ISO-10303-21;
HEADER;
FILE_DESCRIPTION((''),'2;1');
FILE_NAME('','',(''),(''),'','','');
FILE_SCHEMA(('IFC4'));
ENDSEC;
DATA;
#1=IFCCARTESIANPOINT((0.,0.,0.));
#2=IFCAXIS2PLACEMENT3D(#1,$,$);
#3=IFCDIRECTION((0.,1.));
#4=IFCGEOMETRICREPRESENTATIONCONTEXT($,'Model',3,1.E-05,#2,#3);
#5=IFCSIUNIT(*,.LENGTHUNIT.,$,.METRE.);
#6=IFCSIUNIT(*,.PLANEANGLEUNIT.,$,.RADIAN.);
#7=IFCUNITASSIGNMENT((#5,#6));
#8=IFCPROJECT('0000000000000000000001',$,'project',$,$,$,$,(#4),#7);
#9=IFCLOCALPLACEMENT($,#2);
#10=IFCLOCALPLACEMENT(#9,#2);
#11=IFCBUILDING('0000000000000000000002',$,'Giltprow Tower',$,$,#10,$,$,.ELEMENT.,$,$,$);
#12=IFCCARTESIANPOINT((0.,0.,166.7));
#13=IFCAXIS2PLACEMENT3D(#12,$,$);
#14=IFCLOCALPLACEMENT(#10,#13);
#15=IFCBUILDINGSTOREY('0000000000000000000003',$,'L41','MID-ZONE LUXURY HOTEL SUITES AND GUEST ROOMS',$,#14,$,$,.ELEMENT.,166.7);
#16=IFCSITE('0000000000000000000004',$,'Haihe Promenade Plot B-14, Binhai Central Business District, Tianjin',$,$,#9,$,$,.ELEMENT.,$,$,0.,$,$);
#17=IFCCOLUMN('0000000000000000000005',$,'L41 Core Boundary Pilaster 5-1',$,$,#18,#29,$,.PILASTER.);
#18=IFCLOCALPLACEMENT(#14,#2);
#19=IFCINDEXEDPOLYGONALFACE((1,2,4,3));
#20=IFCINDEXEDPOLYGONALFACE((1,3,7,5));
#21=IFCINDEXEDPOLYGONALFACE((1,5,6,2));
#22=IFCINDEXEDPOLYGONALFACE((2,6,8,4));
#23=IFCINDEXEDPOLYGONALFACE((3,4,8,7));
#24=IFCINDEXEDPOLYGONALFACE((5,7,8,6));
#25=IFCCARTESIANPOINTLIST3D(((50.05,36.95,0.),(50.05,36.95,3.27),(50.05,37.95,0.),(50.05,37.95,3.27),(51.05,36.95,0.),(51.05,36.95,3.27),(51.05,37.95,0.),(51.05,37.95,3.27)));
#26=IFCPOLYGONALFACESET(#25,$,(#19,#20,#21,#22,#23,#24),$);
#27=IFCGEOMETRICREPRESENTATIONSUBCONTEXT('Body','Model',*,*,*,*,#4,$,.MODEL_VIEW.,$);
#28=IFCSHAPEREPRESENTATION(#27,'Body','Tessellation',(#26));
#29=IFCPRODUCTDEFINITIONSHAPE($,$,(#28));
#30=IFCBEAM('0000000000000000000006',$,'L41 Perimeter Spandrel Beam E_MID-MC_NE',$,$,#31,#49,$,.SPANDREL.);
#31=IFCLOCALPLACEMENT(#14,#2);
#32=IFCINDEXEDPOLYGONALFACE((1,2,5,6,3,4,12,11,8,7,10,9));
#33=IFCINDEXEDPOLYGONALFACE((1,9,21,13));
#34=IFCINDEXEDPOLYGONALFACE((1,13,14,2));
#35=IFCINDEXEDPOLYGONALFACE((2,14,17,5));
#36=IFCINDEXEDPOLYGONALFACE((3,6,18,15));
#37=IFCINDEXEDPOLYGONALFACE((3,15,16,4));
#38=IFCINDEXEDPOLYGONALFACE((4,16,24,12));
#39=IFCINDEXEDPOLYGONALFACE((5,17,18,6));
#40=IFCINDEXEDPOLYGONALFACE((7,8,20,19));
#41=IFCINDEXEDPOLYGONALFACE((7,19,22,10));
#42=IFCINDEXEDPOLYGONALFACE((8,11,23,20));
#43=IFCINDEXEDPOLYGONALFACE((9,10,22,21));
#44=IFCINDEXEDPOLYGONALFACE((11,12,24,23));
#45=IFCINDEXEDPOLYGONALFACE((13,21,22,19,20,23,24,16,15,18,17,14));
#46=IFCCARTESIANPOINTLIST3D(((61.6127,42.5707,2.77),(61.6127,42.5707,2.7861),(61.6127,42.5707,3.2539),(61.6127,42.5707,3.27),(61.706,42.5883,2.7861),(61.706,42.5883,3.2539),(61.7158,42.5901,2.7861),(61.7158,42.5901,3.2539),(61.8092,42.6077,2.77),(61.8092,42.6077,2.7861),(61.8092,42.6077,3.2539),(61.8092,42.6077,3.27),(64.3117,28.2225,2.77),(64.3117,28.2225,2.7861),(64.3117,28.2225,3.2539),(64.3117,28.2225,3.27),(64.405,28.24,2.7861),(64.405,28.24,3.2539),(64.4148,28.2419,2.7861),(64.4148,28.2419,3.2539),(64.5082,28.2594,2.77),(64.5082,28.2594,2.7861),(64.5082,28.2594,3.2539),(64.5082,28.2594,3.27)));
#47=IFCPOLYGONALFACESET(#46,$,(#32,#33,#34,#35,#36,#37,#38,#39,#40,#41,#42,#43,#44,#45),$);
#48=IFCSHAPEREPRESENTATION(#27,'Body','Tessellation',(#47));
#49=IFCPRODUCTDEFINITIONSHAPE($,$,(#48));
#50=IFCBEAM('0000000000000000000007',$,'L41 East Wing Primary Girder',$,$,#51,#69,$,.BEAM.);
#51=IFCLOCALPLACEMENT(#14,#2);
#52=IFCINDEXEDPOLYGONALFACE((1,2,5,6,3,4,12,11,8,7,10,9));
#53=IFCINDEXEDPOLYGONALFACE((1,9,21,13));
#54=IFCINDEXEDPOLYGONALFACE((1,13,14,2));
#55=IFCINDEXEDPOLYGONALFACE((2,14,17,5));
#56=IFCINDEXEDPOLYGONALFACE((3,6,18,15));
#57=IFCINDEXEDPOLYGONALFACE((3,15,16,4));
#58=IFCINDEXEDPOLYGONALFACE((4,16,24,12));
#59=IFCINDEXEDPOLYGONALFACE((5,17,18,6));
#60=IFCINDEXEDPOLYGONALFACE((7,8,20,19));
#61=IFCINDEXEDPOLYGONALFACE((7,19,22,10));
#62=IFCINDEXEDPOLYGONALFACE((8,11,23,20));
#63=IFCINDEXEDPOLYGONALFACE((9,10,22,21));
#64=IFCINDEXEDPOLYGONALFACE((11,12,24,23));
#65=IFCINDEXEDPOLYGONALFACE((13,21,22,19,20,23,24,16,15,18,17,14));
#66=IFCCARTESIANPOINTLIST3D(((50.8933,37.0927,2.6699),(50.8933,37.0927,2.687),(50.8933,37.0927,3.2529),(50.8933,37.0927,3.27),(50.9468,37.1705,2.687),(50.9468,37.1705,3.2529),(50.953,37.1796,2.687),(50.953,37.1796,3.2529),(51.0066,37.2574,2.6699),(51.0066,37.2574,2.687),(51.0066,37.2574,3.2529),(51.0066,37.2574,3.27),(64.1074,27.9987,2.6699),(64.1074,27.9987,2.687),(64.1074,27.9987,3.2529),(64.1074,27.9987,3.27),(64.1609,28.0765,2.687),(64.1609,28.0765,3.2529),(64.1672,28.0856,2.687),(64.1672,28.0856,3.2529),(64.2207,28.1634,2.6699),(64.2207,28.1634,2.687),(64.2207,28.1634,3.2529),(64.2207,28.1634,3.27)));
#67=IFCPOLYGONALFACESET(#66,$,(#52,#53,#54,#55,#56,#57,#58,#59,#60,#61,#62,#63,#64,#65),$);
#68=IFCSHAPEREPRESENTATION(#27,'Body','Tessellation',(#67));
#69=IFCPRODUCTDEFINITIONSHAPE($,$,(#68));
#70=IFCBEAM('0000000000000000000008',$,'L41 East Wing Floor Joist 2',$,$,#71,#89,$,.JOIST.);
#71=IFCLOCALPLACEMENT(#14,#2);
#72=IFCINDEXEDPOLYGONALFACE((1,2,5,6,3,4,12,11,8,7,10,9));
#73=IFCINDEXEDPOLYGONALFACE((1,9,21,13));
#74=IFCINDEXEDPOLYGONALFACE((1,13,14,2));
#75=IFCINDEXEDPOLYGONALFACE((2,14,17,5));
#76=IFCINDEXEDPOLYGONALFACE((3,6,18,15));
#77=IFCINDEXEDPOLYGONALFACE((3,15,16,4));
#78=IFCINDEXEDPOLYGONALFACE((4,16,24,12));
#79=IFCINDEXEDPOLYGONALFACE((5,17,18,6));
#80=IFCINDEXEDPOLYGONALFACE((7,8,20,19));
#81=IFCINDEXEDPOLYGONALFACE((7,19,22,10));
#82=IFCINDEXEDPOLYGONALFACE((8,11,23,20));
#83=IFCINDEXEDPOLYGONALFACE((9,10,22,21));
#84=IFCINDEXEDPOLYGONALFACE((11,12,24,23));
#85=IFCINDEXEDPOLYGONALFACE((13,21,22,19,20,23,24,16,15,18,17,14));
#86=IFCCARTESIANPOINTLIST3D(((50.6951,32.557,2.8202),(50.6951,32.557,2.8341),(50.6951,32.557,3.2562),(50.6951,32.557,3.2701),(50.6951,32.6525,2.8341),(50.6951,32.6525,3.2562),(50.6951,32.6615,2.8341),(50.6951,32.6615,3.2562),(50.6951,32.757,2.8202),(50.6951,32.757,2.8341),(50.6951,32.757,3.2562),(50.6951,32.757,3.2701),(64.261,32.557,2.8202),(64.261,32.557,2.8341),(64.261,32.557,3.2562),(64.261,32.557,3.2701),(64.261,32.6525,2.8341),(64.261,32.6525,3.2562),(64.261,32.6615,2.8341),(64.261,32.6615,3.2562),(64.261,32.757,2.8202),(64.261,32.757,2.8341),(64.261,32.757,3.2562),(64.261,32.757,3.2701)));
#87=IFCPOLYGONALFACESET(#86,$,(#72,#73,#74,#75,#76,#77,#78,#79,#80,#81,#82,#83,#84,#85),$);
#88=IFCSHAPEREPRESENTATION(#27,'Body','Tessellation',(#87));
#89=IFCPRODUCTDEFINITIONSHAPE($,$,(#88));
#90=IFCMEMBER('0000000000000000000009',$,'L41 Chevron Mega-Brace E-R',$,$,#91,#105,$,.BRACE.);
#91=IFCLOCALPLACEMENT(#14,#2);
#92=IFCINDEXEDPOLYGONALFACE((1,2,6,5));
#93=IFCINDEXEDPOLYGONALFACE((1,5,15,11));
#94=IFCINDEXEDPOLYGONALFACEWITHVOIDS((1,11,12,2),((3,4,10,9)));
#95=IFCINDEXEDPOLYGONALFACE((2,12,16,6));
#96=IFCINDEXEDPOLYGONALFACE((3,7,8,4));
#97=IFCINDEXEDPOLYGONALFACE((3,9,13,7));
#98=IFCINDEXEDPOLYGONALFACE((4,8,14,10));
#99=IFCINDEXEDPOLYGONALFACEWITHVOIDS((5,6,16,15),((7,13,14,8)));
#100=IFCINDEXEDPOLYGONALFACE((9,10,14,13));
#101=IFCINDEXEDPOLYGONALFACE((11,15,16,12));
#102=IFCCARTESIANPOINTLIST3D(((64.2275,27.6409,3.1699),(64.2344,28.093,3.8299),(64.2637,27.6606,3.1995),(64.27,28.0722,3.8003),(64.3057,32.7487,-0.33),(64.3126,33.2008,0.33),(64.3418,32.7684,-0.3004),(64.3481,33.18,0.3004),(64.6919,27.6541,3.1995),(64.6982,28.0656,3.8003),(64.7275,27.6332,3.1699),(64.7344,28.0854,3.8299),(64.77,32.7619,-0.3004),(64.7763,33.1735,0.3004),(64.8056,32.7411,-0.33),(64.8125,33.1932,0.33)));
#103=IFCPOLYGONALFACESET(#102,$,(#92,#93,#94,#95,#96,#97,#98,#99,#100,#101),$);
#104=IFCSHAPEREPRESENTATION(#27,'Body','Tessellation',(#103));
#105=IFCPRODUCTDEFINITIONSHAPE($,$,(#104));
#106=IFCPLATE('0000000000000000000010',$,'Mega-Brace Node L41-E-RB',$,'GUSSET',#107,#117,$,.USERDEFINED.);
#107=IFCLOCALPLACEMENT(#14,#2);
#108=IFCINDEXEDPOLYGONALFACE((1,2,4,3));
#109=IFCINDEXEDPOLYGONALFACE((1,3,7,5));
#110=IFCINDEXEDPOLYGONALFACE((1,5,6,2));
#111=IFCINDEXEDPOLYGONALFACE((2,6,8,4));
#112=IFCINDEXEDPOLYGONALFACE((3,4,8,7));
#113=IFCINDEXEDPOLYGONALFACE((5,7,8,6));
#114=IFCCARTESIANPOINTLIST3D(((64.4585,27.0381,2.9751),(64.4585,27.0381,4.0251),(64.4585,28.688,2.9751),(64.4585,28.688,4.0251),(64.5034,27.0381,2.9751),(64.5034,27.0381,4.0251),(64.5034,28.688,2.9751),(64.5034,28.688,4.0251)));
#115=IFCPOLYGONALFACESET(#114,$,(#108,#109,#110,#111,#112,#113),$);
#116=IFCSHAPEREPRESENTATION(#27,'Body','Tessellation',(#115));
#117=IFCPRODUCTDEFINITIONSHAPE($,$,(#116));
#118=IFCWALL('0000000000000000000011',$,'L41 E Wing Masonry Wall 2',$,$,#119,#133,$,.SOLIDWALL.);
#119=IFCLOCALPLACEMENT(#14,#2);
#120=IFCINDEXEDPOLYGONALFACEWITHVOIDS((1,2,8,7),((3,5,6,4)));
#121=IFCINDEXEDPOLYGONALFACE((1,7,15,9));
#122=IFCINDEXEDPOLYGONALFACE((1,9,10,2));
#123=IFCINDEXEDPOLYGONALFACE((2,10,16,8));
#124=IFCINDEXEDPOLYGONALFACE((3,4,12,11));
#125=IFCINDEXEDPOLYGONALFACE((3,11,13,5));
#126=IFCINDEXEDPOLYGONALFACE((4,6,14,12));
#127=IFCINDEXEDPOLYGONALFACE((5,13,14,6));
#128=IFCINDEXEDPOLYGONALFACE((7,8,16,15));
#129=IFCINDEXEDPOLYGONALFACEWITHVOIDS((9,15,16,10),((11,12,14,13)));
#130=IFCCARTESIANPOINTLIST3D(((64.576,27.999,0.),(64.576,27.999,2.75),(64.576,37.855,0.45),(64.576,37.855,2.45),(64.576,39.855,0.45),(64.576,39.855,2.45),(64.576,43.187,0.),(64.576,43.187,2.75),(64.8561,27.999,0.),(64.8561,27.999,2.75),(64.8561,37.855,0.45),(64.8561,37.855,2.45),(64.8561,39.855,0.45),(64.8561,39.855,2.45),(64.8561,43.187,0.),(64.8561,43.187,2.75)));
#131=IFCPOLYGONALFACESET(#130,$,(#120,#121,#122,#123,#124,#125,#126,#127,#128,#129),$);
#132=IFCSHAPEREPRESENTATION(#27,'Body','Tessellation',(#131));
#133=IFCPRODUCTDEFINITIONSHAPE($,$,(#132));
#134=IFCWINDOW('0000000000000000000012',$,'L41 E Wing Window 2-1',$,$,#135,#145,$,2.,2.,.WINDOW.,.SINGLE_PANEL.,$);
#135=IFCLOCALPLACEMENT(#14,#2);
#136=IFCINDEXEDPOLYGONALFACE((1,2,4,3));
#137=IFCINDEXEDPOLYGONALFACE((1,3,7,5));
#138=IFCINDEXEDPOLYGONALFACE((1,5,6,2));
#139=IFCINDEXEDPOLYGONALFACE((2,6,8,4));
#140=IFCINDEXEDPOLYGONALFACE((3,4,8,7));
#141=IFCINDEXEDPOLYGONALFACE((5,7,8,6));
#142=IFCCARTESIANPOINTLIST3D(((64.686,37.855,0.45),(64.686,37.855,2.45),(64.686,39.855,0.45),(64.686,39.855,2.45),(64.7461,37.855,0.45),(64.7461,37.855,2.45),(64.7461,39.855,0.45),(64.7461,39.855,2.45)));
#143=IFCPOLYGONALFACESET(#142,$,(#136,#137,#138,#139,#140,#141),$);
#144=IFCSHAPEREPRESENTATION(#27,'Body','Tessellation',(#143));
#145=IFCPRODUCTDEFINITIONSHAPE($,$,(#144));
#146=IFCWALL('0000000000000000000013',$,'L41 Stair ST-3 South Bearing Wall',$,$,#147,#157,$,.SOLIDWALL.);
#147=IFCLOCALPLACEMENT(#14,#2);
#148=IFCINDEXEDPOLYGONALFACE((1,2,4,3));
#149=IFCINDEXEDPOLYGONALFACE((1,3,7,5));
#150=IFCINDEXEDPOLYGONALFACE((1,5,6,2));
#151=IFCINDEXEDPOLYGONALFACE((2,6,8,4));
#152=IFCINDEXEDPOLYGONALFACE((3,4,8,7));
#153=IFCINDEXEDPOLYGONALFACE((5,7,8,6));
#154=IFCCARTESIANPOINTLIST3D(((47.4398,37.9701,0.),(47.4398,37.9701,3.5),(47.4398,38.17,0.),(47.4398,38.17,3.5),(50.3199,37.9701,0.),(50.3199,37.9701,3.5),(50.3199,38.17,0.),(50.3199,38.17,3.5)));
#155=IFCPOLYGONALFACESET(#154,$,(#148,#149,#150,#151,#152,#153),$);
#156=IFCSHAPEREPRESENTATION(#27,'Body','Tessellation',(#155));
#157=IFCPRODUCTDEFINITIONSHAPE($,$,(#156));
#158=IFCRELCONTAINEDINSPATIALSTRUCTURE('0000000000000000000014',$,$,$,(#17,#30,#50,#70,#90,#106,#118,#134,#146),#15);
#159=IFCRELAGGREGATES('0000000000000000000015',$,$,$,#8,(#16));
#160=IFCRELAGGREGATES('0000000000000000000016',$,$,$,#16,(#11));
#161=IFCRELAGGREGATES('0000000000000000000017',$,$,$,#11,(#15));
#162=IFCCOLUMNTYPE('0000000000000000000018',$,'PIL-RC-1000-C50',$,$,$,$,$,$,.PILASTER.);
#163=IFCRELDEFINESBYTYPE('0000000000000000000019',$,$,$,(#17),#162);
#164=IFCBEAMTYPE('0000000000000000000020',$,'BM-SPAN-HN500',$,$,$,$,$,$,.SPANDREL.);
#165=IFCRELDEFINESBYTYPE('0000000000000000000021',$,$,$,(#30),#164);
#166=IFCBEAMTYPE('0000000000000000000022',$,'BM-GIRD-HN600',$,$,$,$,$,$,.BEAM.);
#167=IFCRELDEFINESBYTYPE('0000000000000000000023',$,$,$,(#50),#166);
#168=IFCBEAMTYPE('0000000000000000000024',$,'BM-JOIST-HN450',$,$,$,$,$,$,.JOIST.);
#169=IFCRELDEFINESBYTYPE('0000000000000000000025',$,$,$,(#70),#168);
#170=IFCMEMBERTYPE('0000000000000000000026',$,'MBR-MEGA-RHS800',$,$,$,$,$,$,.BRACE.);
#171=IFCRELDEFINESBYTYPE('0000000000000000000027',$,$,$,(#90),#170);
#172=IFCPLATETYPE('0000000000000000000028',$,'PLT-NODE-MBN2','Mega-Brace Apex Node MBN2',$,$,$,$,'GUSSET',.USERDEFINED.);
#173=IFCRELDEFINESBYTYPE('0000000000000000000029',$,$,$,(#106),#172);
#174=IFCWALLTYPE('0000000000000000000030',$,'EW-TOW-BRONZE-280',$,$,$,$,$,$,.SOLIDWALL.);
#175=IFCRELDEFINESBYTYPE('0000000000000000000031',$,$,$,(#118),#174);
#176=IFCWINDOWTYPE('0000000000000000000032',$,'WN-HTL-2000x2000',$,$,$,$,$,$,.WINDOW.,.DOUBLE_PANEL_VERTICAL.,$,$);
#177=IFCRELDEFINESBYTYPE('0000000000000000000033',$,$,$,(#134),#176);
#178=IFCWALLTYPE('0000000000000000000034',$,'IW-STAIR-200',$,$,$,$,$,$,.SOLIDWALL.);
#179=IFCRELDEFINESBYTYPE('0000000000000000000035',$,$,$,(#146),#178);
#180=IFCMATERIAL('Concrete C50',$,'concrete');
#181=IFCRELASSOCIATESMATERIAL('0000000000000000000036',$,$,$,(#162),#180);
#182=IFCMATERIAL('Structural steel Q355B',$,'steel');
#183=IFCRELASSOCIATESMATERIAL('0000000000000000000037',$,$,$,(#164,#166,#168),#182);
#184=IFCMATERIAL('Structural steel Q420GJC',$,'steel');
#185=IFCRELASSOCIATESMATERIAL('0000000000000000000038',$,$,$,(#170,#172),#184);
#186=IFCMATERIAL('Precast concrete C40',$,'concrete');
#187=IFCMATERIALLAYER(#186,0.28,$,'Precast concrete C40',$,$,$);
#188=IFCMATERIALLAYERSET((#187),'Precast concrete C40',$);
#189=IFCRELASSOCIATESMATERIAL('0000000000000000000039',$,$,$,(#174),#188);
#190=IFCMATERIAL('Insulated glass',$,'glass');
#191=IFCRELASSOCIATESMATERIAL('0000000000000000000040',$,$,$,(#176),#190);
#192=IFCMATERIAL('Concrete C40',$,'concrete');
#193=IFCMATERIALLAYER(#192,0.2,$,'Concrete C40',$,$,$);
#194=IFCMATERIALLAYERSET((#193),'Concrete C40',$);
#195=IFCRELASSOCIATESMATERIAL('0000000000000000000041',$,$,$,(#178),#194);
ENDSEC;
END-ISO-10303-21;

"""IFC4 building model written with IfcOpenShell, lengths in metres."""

from ifc_helpers import new_model, si_unit, direction, frame, frame_2d, origin, origin_2d, place, context, subcontext, project, spatial, rectangle, hollow_rectangle, i_section, extrude, source, transform, mapped, material, layer, layer_set, material_profile, profile_set, type_object, element, fill, save


model = new_model("IFC4")

# Units and contexts
model_context = context("Model", 3, precision=1e-05, world=origin(), true_north=direction((0.0, 1.0)))
body_context = subcontext(model_context, "Body", "Model", "MODEL_VIEW")
ifc_project = project(units=[si_unit("LENGTHUNIT", "METRE"), si_unit("PLANEANGLEUNIT", "RADIAN")], contexts=[model_context])

# Site, building, storey
site_placement = place(None, origin())
site = spatial("IfcSite", under=ifc_project, at=site_placement, Name="Haihe Promenade Plot B-14, Binhai Central Business District, Tianjin", CompositionType="ELEMENT", RefElevation=0.0)
building_placement = place(site_placement, origin())
building = spatial("IfcBuilding", under=site, at=building_placement, Name="Giltprow Tower", CompositionType="ELEMENT")
storey_placement = place(building_placement, frame((0.0, 0.0, 166.7)))
storey = spatial("IfcBuildingStorey", under=building, at=storey_placement, Name="L41", Description="MID-ZONE LUXURY HOTEL SUITES AND GUEST ROOMS", CompositionType="ELEMENT", Elevation=166.7)

# Column
ifc_material_1 = material(Name="Concrete C50", Category="concrete")
ifc_material_profile_1 = material_profile(ifc_material_1, rectangle(XDim=1.0, YDim=1.0, at=origin_2d()), Name="RC 1000x1000")
ifc_profile_set_1 = profile_set([ifc_material_profile_1], Name="Concrete C50")
column_type = type_object("IfcColumnType", Name="PIL-RC-1000-C50", PredefinedType="PILASTER", material=ifc_profile_set_1)
shared_shape_1 = source(origin(), body_context, "Body", "SweptSolid", [
    extrude(rectangle(XDim=1.0, YDim=1.0, at=origin_2d()), origin(), (0.0, 0.0, 1.0), 3.27),
])
column_placement = place(storey_placement, frame((50.55, 37.45, 0.0), z_axis=(0.0, 0.0, 1.0), x_axis=(1.0, 0.0, 0.0)))
element("IfcColumn", 1, at=column_placement, inside=storey, type_object=column_type, Name="L41 Core Boundary Pilaster 5-1", PredefinedType="PILASTER", context=body_context, shape_type="MappedRepresentation", body=[
    mapped(shared_shape_1, transform((0.0, 0.0, 0.0), x_axis=(1.0, 0.0, 0.0), y_axis=(0.0, 1.0, 0.0), z_axis=(0.0, 0.0, 1.0), scale=1.0)),
])

# Beams
ifc_material_2 = material(Name="Structural steel Q355B", Category="steel")
ifc_material_profile_2 = material_profile(ifc_material_2, i_section(OverallWidth=0.2, OverallDepth=0.5, WebThickness=0.01, FlangeThickness=0.0161, at=origin_2d()), Name="HN 500x200x10x16")
ifc_profile_set_2 = profile_set([ifc_material_profile_2], Name="Structural steel Q355B")
beam_type_1 = type_object("IfcBeamType", Name="BM-SPAN-HN500", PredefinedType="SPANDREL", material=ifc_profile_set_2)
shared_shape_2 = source(origin(), body_context, "Body", "SweptSolid", [
    extrude(i_section(OverallWidth=0.2, OverallDepth=0.5, WebThickness=0.01, FlangeThickness=0.0161, at=origin_2d()), origin(), (0.0, 0.0, 1.0), 14.5999),
])
beam_1_placement = place(storey_placement, frame((64.4099, 28.241, 3.02), z_axis=(-0.184864, 0.982764, 0.0), x_axis=(-0.982764, -0.184864, 0.0)))
element("IfcBeam", 2, at=beam_1_placement, inside=storey, type_object=beam_type_1, Name="L41 Perimeter Spandrel Beam E_MID-MC_NE", PredefinedType="SPANDREL", context=body_context, shape_type="MappedRepresentation", body=[
    mapped(shared_shape_2, transform((0.0, 0.0, 0.0), x_axis=(1.0, 0.0, 0.0), y_axis=(0.0, 1.0, 0.0), z_axis=(0.0, 0.0, 1.0), scale=1.0)),
])
ifc_material_profile_3 = material_profile(ifc_material_2, i_section(OverallWidth=0.2, OverallDepth=0.6001, WebThickness=0.011, FlangeThickness=0.0171, at=origin_2d()), Name="HN 600x200x11x17")
ifc_profile_set_3 = profile_set([ifc_material_profile_3], Name="Structural steel Q355B")
beam_type_2 = type_object("IfcBeamType", Name="BM-GIRD-HN600", PredefinedType="BEAM", material=ifc_profile_set_3)
shared_shape_3 = source(origin(), body_context, "Body", "SweptSolid", [
    extrude(i_section(OverallWidth=0.2, OverallDepth=0.6001, WebThickness=0.011, FlangeThickness=0.0171, at=origin_2d()), origin(), (0.0, 0.0, 1.0), 16.041),
])
beam_2_placement = place(storey_placement, frame((64.1641, 28.0811, 2.97), z_axis=(-0.823771, 0.566922, 0.0), x_axis=(-0.566922, -0.823771, 0.0)))
element("IfcBeam", 3, at=beam_2_placement, inside=storey, type_object=beam_type_2, Name="L41 East Wing Primary Girder", PredefinedType="BEAM", context=body_context, shape_type="MappedRepresentation", body=[
    mapped(shared_shape_3, transform((0.0, 0.0, 0.0), x_axis=(1.0, 0.0, 0.0), y_axis=(0.0, 1.0, 0.0), z_axis=(0.0, 0.0, 1.0), scale=1.0)),
])
ifc_material_profile_4 = material_profile(ifc_material_2, i_section(OverallWidth=0.2, OverallDepth=0.45, WebThickness=0.009, FlangeThickness=0.0139, at=origin_2d()), Name="HN 450x200x9x14")
ifc_profile_set_4 = profile_set([ifc_material_profile_4], Name="Structural steel Q355B")
beam_type_3 = type_object("IfcBeamType", Name="BM-JOIST-HN450", PredefinedType="JOIST", material=ifc_profile_set_4)
shared_shape_4 = source(origin(), body_context, "Body", "SweptSolid", [
    extrude(i_section(OverallWidth=0.2, OverallDepth=0.45, WebThickness=0.009, FlangeThickness=0.0139, at=origin_2d()), origin(), (0.0, 0.0, 1.0), 13.5659),
])
beam_3_placement = place(storey_placement, frame((50.6951, 32.657, 3.0452), z_axis=(1.0, 0.0, 0.0), x_axis=(0.0, 1.0, 0.0)))
element("IfcBeam", 4, at=beam_3_placement, inside=storey, type_object=beam_type_3, Name="L41 East Wing Floor Joist 2", PredefinedType="JOIST", context=body_context, shape_type="MappedRepresentation", body=[
    mapped(shared_shape_4, transform((0.0, 0.0, 0.0), x_axis=(1.0, 0.0, 0.0), y_axis=(0.0, 1.0, 0.0), z_axis=(0.0, 0.0, 1.0), scale=1.0)),
])

# Member
ifc_material_3 = material(Name="Structural steel Q420GJC", Category="steel")
ifc_material_profile_5 = material_profile(ifc_material_3, hollow_rectangle(XDim=0.5, YDim=0.8, WallThickness=0.0359, at=origin_2d()), Name="RHS 800x500x36")
ifc_profile_set_5 = profile_set([ifc_material_profile_5], Name="Structural steel Q420GJC")
member_type = type_object("IfcMemberType", Name="MBR-MEGA-RHS800", PredefinedType="BRACE", material=ifc_profile_set_5)
shared_shape_5 = source(origin(), body_context, "Body", "SweptSolid", [
    extrude(hollow_rectangle(XDim=0.5, YDim=0.8, WallThickness=0.0359, at=origin_2d()), origin(), (0.0, 0.0, 1.0), 6.1924),
])
member_placement = place(storey_placement, frame((64.5591, 32.9709, 0.0), z_axis=(-0.012616, -0.824857, 0.565201), x_axis=(0.999883, -0.015293, 0.0)))
element("IfcMember", 5, at=member_placement, inside=storey, type_object=member_type, Name="L41 Chevron Mega-Brace E-R", PredefinedType="BRACE", context=body_context, shape_type="MappedRepresentation", body=[
    mapped(shared_shape_5, transform((0.0, 0.0, 0.0), x_axis=(1.0, 0.0, 0.0), y_axis=(0.0, 1.0, 0.0), z_axis=(0.0, 0.0, 1.0), scale=1.0)),
])

# Plate
plate_type = type_object("IfcPlateType", Name="PLT-NODE-MBN2", Description="Mega-Brace Apex Node MBN2", ElementType="GUSSET", PredefinedType="USERDEFINED", material=ifc_material_3)
shared_shape_6 = source(origin(), body_context, "Body", "SweptSolid", [
    extrude(rectangle(XDim=1.6499, YDim=0.0449, at=origin_2d()), origin(), (0.0, 0.0, 1.0), 1.05),
])
plate_placement = place(storey_placement, frame((64.481, 27.863, 2.9751), z_axis=(0.0, 0.0, 1.0), x_axis=(0.0, 1.0, 0.0)))
element("IfcPlate", 6, at=plate_placement, inside=storey, type_object=plate_type, Name="Mega-Brace Node L41-E-RB", ObjectType="GUSSET", PredefinedType="USERDEFINED", context=body_context, shape_type="MappedRepresentation", body=[
    mapped(shared_shape_6, transform((0.0, 0.0, 0.0), x_axis=(1.0, 0.0, 0.0), y_axis=(0.0, 1.0, 0.0), z_axis=(0.0, 0.0, 1.0), scale=1.0)),
])

# Wall, opening, window
ifc_material_4 = material(Name="Precast concrete C40", Category="concrete")
ifc_layer_1 = layer(ifc_material_4, 0.28, Name="Precast concrete C40")
ifc_layer_set_1 = layer_set([ifc_layer_1], Name="Precast concrete C40")
wall_type_1 = type_object("IfcWallType", Name="EW-TOW-BRONZE-280", PredefinedType="SOLIDWALL", material=ifc_layer_set_1)
wall_1_placement = place(storey_placement, frame((64.7161, 27.999, 0.0), z_axis=(0.0, 0.0, 1.0), x_axis=(0.0, 1.0, 0.0)))
wall_1 = element("IfcWall", 7, at=wall_1_placement, inside=storey, type_object=wall_type_1, Name="L41 E Wing Masonry Wall 2", PredefinedType="SOLIDWALL", context=body_context, shape_type="SweptSolid", body=[
    extrude(rectangle(XDim=15.188, YDim=0.28, at=frame_2d((7.594, 0.0))), origin(), (0.0, 0.0, 1.0), 2.75),
])
opening_1_placement = place(wall_1_placement, frame((9.856, 0.0, 0.45)))
opening_1 = element("IfcOpeningElement", 8, at=opening_1_placement, cuts=wall_1, PredefinedType="OPENING", context=body_context, shape_type="SweptSolid", body=[
    extrude(rectangle(XDim=2.0, YDim=2.0, at=frame_2d((1.0, 1.0))), frame((0.0, 0.1499, 0.0), z_axis=(0.0, -1.0, 0.0), x_axis=(1.0, 0.0, 0.0)), (0.0, 0.0, 1.0), 0.3),
])
ifc_material_5 = material(Name="Insulated glass", Category="glass")
window_type = type_object("IfcWindowType", Name="WN-HTL-2000x2000", PartitioningType="DOUBLE_PANEL_VERTICAL", PredefinedType="WINDOW", material=ifc_material_5)
shared_shape_7 = source(origin(), body_context, "Body", "SweptSolid", [
    extrude(rectangle(XDim=2.0, YDim=2.0, at=frame_2d((1.0, 1.0))), frame((0.0, 0.03, 0.0), z_axis=(0.0, -1.0, 0.0), x_axis=(1.0, 0.0, 0.0)), (0.0, 0.0, 1.0), 0.0601),
])
window_placement = place(opening_1_placement, origin())
window = element("IfcWindow", 9, at=window_placement, inside=storey, type_object=window_type, Name="L41 E Wing Window 2-1", OverallHeight=2.0, OverallWidth=2.0, PartitioningType="SINGLE_PANEL", PredefinedType="WINDOW", context=body_context, shape_type="MappedRepresentation", body=[
    mapped(shared_shape_7, transform((0.0, 0.0, 0.0), x_axis=(1.0, 0.0, 0.0), y_axis=(0.0, 1.0, 0.0), z_axis=(0.0, 0.0, 1.0), scale=1.0)),
])
fill(opening_1, window)

# Wall
ifc_material_6 = material(Name="Concrete C40", Category="concrete")
ifc_layer_2 = layer(ifc_material_6, 0.2, Name="Concrete C40")
ifc_layer_set_2 = layer_set([ifc_layer_2], Name="Concrete C40")
wall_type_2 = type_object("IfcWallType", Name="IW-STAIR-200", PredefinedType="SOLIDWALL", material=ifc_layer_set_2)
wall_2_placement = place(storey_placement, frame((47.4399, 38.0701, 0.0), z_axis=(0.0, 0.0, 1.0), x_axis=(1.0, 0.0, 0.0)))
element("IfcWall", 10, at=wall_2_placement, inside=storey, type_object=wall_type_2, Name="L41 Stair ST-3 South Bearing Wall", PredefinedType="SOLIDWALL", context=body_context, shape_type="SweptSolid", body=[
    extrude(rectangle(XDim=2.8801, YDim=0.2, at=frame_2d((1.4399, 0.0))), origin(), (0.0, 0.0, 1.0), 3.5),
])

save(model, "model.ifc")
